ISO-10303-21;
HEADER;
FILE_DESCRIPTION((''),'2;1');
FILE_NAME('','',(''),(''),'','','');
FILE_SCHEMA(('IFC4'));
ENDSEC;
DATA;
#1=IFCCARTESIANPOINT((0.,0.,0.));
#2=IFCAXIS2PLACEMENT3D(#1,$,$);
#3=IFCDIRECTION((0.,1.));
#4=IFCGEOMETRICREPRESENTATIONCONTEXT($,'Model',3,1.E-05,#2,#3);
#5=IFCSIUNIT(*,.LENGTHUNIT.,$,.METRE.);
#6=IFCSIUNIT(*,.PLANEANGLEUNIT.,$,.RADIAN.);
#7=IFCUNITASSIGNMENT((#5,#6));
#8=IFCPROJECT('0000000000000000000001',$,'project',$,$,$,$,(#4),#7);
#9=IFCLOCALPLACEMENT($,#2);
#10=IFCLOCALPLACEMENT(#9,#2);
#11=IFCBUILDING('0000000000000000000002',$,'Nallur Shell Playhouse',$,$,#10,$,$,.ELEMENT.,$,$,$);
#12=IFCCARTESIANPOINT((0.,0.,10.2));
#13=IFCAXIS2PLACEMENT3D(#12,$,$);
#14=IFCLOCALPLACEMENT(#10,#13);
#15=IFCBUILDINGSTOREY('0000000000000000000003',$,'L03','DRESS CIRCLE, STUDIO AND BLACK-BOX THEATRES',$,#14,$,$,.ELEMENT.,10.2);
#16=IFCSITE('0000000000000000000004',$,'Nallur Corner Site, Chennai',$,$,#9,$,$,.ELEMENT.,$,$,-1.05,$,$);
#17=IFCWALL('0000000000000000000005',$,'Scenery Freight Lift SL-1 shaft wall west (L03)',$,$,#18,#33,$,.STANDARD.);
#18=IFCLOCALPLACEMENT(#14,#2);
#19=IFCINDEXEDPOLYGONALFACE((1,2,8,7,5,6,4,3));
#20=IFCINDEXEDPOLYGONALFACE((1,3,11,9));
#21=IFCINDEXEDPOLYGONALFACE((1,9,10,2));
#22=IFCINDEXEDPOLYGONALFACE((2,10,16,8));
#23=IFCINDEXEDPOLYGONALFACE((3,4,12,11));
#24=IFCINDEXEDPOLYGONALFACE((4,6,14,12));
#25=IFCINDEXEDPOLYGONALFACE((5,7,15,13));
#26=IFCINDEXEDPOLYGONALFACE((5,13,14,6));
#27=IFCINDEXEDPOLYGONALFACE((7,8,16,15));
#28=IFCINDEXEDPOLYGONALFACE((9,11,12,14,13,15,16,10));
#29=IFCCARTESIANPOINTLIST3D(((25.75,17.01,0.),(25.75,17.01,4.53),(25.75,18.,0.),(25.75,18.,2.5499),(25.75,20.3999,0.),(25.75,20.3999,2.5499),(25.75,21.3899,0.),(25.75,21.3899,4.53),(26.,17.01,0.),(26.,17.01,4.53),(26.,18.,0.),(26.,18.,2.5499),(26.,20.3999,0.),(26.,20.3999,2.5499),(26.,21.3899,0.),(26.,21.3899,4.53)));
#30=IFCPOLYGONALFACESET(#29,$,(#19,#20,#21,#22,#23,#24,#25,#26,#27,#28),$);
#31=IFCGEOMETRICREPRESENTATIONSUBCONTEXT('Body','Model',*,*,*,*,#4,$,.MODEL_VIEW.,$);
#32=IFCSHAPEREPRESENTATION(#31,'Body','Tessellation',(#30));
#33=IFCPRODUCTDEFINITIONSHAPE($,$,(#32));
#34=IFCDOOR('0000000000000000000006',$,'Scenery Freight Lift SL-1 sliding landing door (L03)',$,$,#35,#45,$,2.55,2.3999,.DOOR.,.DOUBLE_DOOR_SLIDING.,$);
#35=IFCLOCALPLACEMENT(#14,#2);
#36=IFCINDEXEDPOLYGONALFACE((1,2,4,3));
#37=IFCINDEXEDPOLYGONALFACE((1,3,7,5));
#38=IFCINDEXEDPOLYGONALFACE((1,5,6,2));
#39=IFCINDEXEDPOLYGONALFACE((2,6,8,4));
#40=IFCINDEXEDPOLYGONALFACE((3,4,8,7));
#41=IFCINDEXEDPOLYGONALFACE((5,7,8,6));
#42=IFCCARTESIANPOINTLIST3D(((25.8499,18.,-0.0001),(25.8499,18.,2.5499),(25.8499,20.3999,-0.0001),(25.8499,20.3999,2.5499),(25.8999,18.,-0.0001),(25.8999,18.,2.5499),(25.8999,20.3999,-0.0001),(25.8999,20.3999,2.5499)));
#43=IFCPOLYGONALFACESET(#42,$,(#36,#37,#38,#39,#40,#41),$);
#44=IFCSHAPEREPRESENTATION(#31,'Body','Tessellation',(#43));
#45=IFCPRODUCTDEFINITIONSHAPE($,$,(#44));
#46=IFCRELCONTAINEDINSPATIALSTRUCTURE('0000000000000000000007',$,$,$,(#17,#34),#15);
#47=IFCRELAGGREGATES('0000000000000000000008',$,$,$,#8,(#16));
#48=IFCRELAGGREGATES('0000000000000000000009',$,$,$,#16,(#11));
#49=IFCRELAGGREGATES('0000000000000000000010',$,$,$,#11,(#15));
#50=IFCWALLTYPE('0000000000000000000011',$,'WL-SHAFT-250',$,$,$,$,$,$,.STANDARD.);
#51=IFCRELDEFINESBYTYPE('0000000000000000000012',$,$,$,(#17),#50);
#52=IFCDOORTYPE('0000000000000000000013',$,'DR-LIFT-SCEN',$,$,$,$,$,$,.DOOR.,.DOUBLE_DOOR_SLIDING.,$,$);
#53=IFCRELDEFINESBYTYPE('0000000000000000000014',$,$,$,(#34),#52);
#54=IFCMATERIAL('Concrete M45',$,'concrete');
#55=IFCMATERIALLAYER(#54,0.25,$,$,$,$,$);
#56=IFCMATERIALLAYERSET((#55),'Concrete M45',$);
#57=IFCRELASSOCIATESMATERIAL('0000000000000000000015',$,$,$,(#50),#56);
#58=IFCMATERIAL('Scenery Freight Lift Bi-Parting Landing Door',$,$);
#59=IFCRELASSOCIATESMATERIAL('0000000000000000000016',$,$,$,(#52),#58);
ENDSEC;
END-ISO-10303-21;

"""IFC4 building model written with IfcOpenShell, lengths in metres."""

from ifc_helpers import new_model, si_unit, direction, frame, frame_2d, origin, place, context, subcontext, project, spatial, rectangle, extrude, material, layer, layer_set, type_object, element, fill, save


model = new_model("IFC4")

# Units and contexts
model_context = context("Model", 3, precision=1e-05, world=origin(), true_north=direction((0.0, 1.0)))
body_context = subcontext(model_context, "Body", "Model", "MODEL_VIEW")
ifc_project = project(units=[si_unit("LENGTHUNIT", "METRE"), si_unit("PLANEANGLEUNIT", "RADIAN")], contexts=[model_context])

# Site, building, storey
site_placement = place(None, origin())
site = spatial("IfcSite", under=ifc_project, at=site_placement, Name="Nallur Corner Site, Chennai", CompositionType="ELEMENT", RefElevation=-1.05)
building_placement = place(site_placement, origin())
building = spatial("IfcBuilding", under=site, at=building_placement, Name="Nallur Shell Playhouse", CompositionType="ELEMENT")
storey_placement = place(building_placement, frame((0.0, 0.0, 10.2)))
storey = spatial("IfcBuildingStorey", under=building, at=storey_placement, Name="L03", Description="DRESS CIRCLE, STUDIO AND BLACK-BOX THEATRES", CompositionType="ELEMENT", Elevation=10.2)

# Shared definitions
ifc_material_1 = material(Name="Concrete M45", Category="concrete")

# Wall, opening, door
ifc_layer_1 = layer(ifc_material_1, 0.25)
ifc_layer_set_1 = layer_set([ifc_layer_1], Name="Concrete M45")
wall_type_1 = type_object("IfcWallType", Name="WL-SHAFT-250", PredefinedType="STANDARD", material=ifc_layer_set_1)
wall_1_placement = place(storey_placement, frame((25.875, 21.3899, 0.0), z_axis=(0.0, 0.0, 1.0), x_axis=(0.0, -1.0, 0.0)))
wall_1 = element("IfcWall", 1, at=wall_1_placement, inside=storey, type_object=wall_type_1, Name="Scenery Freight Lift SL-1 shaft wall west (L03)", PredefinedType="STANDARD", context=body_context, shape_type="SweptSolid", body=[
    extrude(rectangle(XDim=4.3799, YDim=0.25, at=frame_2d((2.1899, 0.0))), origin(), (0.0, 0.0, 1.0), 4.53),
])
opening_1_placement = place(wall_1_placement, frame((0.99, 0.0, 0.0)))
opening_1 = element("IfcOpeningElement", 2, at=opening_1_placement, cuts=wall_1, PredefinedType="OPENING", context=body_context, shape_type="SweptSolid", body=[
    extrude(rectangle(XDim=2.3999, YDim=2.55, at=frame_2d((1.2, 1.2749))), frame((0.0, 0.135, 0.0), z_axis=(0.0, -1.0, 0.0), x_axis=(1.0, 0.0, 0.0)), (0.0, 0.0, 1.0), 0.27),
])
ifc_material_2 = material(Name="Scenery Freight Lift Bi-Parting Landing Door")
door_type_1 = type_object("IfcDoorType", Name="DR-LIFT-SCEN", OperationType="DOUBLE_DOOR_SLIDING", PredefinedType="DOOR", material=ifc_material_2)
door_1_placement = place(opening_1_placement, origin())
door_1 = element("IfcDoor", 3, at=door_1_placement, inside=storey, type_object=door_type_1, Name="Scenery Freight Lift SL-1 sliding landing door (L03)", OperationType="DOUBLE_DOOR_SLIDING", OverallHeight=2.55, OverallWidth=2.3999, PredefinedType="DOOR", context=body_context, shape_type="SweptSolid", body=[
    extrude(rectangle(XDim=2.3999, YDim=2.55, at=frame_2d((1.2, 1.2749))), frame((0.0, 0.0249, 0.0), z_axis=(0.0, -1.0, 0.0), x_axis=(1.0, 0.0, 0.0)), (0.0, 0.0, 1.0), 0.05),
])
fill(opening_1, door_1)

save(model, "model.ifc")
